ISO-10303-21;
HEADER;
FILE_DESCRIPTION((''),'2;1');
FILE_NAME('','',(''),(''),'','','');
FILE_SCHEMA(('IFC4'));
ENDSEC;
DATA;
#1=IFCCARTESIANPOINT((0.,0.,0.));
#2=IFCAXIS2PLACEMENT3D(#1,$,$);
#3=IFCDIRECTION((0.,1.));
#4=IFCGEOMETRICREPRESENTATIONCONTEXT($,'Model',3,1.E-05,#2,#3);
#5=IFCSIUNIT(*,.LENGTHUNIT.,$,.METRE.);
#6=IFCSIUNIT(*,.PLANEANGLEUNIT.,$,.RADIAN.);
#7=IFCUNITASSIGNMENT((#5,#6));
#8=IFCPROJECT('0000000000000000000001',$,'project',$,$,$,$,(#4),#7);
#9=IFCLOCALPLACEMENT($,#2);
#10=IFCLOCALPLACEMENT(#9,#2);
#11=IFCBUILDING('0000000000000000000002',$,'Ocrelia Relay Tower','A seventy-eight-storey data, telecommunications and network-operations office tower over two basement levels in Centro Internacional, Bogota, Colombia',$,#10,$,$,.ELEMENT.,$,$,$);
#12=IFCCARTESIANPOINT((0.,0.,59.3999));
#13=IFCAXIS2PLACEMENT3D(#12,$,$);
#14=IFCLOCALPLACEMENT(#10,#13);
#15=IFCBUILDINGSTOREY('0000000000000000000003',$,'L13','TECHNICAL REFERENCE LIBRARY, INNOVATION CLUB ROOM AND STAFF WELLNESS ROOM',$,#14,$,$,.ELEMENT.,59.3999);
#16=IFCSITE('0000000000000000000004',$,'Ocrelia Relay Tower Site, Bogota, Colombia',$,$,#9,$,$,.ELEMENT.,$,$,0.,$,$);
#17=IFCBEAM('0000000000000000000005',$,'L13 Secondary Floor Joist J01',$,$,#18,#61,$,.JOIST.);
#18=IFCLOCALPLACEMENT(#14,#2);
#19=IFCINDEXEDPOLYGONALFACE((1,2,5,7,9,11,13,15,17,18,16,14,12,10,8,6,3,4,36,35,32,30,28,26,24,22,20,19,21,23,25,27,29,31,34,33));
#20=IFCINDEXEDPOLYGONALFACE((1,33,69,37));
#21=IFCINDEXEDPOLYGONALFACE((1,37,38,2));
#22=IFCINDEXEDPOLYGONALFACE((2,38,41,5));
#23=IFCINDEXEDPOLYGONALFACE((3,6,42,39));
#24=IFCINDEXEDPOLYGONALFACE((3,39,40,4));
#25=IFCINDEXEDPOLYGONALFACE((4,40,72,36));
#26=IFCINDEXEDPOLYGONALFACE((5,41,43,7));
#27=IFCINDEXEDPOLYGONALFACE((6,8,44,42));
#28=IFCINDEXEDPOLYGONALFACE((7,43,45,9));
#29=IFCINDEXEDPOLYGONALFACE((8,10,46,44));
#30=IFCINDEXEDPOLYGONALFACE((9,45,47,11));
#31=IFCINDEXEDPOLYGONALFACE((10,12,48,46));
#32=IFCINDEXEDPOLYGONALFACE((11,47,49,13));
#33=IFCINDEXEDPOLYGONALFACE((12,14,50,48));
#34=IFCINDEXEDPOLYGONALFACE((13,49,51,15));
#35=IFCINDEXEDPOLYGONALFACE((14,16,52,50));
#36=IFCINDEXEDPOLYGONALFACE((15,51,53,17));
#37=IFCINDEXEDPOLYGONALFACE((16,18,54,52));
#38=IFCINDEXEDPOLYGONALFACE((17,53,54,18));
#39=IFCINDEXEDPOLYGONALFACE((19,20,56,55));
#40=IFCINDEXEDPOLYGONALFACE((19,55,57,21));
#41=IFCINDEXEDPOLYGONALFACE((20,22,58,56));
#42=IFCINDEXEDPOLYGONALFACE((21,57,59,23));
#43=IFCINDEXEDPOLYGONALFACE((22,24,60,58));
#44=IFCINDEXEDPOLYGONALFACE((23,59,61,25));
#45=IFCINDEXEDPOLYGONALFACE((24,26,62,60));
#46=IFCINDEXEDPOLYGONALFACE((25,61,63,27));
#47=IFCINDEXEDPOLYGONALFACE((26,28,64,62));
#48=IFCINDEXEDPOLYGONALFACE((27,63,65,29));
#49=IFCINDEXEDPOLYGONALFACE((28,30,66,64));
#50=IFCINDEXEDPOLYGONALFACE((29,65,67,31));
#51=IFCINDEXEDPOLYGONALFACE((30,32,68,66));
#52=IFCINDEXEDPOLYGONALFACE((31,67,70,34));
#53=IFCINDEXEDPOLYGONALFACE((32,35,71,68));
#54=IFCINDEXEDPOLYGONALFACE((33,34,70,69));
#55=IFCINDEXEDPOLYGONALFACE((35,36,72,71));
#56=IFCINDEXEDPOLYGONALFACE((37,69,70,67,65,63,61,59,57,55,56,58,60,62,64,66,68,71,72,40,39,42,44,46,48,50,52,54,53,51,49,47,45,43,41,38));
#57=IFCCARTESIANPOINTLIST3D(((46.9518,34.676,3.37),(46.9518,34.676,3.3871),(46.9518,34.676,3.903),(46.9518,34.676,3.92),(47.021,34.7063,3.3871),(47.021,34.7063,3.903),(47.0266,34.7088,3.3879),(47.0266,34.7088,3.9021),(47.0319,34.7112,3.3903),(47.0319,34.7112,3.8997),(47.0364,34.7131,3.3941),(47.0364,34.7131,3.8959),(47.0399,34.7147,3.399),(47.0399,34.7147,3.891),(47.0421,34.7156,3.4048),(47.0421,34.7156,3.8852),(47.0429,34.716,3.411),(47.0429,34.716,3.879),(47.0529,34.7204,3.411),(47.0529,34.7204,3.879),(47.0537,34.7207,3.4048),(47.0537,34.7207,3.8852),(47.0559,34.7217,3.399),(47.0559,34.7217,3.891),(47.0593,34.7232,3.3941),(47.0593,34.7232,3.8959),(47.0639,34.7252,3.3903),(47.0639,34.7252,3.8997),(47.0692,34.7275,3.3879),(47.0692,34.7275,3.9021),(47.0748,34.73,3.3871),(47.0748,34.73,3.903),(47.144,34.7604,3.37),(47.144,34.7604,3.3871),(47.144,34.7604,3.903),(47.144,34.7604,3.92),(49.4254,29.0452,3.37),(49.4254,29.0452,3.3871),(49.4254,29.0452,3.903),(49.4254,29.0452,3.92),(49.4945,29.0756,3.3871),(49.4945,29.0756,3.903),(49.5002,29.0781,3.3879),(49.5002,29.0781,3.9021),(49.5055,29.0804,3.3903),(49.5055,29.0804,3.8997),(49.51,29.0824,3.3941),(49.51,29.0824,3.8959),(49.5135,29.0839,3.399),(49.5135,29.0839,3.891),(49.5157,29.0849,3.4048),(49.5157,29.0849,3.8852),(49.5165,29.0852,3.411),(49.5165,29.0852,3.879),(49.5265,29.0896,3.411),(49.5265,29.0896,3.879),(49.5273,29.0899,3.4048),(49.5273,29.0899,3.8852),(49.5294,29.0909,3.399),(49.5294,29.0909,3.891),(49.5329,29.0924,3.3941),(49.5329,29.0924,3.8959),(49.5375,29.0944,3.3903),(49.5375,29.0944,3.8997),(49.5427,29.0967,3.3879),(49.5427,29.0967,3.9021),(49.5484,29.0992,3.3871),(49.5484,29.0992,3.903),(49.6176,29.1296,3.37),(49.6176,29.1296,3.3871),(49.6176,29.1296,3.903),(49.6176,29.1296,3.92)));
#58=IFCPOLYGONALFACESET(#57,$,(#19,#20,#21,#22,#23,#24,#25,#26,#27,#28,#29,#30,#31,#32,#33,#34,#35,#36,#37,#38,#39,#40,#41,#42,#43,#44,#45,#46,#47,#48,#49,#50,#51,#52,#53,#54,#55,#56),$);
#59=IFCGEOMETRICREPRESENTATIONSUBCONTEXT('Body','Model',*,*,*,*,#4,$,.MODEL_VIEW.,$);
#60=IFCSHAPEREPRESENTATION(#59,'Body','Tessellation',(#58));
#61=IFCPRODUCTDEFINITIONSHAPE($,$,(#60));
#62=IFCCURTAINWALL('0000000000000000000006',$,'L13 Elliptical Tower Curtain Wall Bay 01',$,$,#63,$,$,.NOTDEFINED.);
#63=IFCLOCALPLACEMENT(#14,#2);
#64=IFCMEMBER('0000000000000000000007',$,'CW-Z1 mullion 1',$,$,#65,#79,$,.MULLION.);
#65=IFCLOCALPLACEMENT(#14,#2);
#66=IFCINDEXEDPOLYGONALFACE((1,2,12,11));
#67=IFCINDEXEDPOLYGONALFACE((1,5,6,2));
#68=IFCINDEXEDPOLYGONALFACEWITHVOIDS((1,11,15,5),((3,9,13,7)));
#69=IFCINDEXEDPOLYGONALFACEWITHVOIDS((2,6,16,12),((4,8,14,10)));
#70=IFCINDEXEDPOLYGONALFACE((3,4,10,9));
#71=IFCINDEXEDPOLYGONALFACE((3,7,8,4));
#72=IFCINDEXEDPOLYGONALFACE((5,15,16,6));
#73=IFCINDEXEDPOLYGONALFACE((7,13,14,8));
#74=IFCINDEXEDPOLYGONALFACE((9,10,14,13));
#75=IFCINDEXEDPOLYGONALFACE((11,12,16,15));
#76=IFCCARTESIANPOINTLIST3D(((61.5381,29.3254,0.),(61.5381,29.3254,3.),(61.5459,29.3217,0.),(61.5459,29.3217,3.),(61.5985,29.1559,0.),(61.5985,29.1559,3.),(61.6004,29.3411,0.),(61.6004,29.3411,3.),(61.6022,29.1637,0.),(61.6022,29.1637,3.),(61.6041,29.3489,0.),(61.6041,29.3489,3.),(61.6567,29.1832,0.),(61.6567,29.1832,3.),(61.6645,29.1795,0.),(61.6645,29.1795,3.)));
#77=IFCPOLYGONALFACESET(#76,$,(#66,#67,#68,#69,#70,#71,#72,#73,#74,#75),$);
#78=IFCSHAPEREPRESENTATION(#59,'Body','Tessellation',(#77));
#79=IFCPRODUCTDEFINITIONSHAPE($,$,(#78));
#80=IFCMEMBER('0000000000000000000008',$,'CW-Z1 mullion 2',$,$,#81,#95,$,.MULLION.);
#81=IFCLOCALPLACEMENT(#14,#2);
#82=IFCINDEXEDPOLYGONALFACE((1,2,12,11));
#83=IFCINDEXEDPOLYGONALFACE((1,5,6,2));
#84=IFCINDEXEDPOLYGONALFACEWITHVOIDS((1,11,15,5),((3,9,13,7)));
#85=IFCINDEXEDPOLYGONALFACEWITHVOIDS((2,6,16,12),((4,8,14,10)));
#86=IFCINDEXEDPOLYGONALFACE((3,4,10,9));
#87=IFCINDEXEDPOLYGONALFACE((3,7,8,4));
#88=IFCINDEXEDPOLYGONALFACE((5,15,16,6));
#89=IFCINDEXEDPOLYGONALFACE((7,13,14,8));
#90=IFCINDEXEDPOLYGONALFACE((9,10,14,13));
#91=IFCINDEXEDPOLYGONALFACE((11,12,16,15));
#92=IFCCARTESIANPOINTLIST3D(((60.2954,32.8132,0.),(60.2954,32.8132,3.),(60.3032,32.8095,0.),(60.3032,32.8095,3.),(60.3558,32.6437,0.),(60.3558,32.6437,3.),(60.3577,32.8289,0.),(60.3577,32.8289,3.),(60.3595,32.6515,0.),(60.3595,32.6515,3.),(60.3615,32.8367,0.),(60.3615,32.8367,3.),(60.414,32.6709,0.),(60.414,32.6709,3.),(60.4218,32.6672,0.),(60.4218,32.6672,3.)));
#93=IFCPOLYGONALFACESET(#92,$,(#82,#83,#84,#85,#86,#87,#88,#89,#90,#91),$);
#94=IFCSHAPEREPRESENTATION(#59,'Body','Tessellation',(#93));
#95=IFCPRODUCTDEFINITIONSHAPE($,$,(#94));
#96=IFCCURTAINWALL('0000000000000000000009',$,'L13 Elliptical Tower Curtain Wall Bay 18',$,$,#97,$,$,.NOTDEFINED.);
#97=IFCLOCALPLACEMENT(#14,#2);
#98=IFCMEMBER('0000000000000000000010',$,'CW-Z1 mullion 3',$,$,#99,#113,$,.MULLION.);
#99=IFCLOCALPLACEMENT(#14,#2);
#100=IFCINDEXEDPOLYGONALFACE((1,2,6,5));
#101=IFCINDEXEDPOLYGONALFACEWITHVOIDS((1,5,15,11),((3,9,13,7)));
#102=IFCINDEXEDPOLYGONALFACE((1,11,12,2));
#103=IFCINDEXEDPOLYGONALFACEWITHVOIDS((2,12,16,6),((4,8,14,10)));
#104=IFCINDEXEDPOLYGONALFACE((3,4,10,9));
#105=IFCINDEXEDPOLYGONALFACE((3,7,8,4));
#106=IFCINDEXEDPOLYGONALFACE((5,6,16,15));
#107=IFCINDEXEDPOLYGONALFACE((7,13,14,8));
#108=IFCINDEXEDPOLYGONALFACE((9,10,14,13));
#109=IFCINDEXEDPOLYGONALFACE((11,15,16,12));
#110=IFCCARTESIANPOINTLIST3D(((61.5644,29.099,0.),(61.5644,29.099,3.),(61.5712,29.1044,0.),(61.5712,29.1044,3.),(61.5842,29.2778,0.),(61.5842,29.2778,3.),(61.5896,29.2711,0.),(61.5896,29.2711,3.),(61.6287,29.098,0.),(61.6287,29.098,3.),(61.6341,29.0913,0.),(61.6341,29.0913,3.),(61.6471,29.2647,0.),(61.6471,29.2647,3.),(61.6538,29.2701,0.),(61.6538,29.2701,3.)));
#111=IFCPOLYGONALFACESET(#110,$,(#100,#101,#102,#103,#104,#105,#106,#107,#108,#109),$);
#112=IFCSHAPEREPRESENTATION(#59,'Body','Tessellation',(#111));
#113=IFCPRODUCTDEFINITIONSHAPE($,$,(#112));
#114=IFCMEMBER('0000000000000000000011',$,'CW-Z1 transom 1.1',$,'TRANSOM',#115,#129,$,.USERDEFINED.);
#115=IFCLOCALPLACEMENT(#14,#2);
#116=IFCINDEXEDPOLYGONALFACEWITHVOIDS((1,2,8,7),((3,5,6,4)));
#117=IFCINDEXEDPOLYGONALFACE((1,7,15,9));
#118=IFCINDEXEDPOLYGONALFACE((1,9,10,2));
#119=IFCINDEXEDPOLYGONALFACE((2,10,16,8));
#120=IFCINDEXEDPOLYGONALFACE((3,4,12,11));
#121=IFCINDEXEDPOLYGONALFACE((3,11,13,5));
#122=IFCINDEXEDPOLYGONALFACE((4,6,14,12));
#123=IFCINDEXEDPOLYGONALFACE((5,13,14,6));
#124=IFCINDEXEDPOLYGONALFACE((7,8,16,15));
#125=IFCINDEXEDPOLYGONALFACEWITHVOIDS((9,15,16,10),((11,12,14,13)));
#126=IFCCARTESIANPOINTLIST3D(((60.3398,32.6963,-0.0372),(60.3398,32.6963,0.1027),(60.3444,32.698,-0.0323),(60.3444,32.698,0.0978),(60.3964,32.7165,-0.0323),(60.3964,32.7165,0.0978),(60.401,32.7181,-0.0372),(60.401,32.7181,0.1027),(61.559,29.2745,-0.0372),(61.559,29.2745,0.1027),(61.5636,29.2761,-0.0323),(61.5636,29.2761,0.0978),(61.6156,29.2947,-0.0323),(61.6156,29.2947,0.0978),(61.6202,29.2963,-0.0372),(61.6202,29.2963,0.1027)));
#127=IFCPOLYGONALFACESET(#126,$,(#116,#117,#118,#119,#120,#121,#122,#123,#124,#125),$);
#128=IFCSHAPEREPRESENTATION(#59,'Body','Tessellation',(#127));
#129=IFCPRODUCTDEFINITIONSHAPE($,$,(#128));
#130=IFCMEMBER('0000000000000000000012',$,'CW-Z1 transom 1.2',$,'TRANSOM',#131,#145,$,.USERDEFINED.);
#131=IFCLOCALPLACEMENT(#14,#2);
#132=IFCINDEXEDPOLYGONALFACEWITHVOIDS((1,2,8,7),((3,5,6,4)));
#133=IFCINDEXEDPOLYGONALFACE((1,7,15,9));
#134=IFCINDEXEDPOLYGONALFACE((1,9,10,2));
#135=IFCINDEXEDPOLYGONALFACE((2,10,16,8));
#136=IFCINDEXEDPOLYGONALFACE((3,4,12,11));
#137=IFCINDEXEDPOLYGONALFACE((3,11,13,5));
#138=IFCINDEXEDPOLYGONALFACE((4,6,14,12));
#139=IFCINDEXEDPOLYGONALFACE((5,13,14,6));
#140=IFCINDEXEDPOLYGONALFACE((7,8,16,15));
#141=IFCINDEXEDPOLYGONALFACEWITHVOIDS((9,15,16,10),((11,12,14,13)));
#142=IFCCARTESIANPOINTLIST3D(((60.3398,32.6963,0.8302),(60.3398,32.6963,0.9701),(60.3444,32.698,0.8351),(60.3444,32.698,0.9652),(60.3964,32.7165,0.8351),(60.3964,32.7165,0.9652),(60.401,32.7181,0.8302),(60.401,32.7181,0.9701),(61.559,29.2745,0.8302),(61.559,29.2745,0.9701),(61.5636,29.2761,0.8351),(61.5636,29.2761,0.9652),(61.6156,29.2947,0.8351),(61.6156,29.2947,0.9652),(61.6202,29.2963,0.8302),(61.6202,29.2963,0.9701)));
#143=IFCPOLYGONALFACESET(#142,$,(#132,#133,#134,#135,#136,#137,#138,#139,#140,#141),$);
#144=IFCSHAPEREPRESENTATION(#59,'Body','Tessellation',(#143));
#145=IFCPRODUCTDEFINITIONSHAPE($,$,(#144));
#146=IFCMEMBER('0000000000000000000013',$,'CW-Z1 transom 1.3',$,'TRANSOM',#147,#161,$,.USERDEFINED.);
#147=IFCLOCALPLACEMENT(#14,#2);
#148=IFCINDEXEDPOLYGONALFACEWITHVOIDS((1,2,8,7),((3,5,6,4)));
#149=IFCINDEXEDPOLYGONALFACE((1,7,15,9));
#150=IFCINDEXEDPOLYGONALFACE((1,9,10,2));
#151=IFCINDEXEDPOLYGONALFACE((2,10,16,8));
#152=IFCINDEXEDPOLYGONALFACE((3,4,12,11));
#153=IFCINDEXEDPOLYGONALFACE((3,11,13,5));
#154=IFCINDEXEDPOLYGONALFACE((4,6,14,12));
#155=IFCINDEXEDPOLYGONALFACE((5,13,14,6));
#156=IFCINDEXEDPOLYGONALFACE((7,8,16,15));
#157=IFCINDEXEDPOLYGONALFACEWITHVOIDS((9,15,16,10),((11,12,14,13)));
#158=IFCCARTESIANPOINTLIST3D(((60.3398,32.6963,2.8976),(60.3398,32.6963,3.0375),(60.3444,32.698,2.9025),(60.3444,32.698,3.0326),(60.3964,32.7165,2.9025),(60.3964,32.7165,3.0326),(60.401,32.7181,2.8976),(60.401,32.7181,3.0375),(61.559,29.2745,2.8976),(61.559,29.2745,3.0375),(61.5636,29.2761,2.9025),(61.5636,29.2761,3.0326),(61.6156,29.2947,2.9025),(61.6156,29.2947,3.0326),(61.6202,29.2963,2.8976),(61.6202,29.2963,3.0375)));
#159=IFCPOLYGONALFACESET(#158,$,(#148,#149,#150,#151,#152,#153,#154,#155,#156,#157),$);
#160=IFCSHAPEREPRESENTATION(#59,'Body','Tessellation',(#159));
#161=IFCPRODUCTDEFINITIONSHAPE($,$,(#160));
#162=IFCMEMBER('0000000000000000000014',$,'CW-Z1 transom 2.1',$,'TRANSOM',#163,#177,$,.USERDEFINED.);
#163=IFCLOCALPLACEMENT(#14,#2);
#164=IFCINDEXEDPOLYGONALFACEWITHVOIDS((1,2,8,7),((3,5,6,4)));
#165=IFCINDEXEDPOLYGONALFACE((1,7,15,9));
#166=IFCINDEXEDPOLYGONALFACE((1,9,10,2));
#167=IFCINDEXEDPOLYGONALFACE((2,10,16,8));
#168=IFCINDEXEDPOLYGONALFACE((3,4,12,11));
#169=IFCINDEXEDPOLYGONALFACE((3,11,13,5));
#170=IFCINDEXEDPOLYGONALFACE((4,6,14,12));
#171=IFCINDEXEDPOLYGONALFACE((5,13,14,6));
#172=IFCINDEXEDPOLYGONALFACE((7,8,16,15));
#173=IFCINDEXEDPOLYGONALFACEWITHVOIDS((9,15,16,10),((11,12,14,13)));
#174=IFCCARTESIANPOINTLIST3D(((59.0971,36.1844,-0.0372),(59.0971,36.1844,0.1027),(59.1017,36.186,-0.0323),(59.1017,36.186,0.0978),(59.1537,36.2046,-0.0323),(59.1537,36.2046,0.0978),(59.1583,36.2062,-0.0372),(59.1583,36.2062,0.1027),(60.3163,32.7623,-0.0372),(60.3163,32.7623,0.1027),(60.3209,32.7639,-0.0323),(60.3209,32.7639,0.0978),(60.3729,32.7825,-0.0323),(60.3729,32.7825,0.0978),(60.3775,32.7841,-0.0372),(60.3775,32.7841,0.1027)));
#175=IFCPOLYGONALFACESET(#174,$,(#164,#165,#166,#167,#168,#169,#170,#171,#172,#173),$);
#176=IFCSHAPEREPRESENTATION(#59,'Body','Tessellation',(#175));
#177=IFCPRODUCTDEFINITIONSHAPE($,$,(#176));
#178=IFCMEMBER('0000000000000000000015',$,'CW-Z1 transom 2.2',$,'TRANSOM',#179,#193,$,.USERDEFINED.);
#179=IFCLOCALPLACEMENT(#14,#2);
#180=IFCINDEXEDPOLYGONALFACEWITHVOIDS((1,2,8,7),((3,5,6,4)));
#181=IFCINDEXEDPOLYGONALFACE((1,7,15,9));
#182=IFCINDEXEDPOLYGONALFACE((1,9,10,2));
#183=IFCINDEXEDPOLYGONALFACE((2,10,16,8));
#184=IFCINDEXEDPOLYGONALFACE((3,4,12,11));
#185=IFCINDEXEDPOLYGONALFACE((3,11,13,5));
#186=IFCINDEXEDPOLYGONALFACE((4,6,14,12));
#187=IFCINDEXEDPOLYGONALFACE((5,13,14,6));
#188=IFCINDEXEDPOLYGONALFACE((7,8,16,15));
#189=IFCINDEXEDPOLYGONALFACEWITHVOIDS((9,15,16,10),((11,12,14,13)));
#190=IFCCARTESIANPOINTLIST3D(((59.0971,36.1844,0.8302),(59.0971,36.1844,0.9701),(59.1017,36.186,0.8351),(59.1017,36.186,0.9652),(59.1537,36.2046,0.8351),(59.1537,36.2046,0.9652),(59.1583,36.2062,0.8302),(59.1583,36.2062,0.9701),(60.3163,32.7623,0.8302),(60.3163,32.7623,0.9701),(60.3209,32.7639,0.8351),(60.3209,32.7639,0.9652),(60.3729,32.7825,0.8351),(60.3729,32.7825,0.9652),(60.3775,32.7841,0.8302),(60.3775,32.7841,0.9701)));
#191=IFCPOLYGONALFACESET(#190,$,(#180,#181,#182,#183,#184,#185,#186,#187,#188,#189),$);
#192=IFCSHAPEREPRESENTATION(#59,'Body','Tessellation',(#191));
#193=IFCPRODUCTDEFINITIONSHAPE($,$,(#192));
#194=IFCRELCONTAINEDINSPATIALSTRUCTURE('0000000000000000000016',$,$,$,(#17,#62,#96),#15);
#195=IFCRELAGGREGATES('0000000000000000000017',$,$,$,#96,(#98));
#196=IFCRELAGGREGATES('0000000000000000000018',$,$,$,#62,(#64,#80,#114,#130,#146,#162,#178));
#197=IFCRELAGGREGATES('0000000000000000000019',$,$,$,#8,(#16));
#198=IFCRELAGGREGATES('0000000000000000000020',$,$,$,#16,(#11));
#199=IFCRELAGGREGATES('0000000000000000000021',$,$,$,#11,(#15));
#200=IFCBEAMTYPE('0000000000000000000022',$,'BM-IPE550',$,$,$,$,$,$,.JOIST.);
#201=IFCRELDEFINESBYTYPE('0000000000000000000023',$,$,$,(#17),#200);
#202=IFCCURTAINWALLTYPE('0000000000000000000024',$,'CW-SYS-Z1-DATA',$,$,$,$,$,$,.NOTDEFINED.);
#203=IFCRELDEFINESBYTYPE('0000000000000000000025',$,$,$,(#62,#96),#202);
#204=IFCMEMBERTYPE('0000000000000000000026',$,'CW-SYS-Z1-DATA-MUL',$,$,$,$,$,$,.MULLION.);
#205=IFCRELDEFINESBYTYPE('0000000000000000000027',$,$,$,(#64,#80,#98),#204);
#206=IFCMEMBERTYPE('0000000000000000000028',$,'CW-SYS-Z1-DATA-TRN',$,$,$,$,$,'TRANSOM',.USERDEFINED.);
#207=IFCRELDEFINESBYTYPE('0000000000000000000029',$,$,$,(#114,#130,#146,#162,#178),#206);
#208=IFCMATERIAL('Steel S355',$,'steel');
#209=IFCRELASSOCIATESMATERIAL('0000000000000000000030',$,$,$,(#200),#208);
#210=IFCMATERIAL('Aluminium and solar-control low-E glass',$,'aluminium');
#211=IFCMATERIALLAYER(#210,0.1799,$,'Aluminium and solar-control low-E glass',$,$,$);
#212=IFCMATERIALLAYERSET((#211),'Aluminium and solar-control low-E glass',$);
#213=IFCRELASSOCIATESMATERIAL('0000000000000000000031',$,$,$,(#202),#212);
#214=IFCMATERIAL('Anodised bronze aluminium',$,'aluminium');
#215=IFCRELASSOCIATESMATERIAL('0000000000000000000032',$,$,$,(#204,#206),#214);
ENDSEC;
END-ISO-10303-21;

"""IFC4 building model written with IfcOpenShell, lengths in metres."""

from ifc_helpers import new_model, si_unit, direction, frame, origin, origin_2d, place, context, subcontext, project, spatial, hollow_rectangle, i_section, extrude, material, layer, layer_set, material_profile, profile_set, type_object, element, aggregate, save


model = new_model("IFC4")

# Units and contexts
model_context = context("Model", 3, precision=1e-05, world=origin(), true_north=direction((0.0, 1.0)))
body_context = subcontext(model_context, "Body", "Model", "MODEL_VIEW")
ifc_project = project(units=[si_unit("LENGTHUNIT", "METRE"), si_unit("PLANEANGLEUNIT", "RADIAN")], contexts=[model_context])

# Site, building, storey
site_placement = place(None, origin())
site = spatial("IfcSite", under=ifc_project, at=site_placement, Name="Ocrelia Relay Tower Site, Bogota, Colombia", CompositionType="ELEMENT", RefElevation=0.0)
building_placement = place(site_placement, origin())
building = spatial("IfcBuilding", under=site, at=building_placement, Name="Ocrelia Relay Tower", Description="A seventy-eight-storey data, telecommunications and network-operations office tower over two basement levels in Centro Internacional, Bogota, Colombia", CompositionType="ELEMENT")
storey_placement = place(building_placement, frame((0.0, 0.0, 59.3999)))
storey = spatial("IfcBuildingStorey", under=building, at=storey_placement, Name="L13", Description="TECHNICAL REFERENCE LIBRARY, INNOVATION CLUB ROOM AND STAFF WELLNESS ROOM", CompositionType="ELEMENT", Elevation=59.3999)

# Beam
ifc_material_1 = material(Name="Steel S355", Category="steel")
ifc_material_profile_1 = material_profile(ifc_material_1, i_section(OverallWidth=0.21, OverallDepth=0.55, WebThickness=0.011, FlangeThickness=0.0171, FilletRadius=0.0239, at=origin_2d()), Name="IPE 550")
ifc_profile_set_1 = profile_set([ifc_material_profile_1], Name="Steel S355")
beam_type_1 = type_object("IfcBeamType", Name="BM-IPE550", PredefinedType="JOIST", material=ifc_profile_set_1)
beam_1_placement = place(storey_placement, frame((49.5215, 29.0874, 3.645), z_axis=(-0.402201, 0.915551, 0.0), x_axis=(-0.915551, -0.402201, 0.0)))
element("IfcBeam", 1, at=beam_1_placement, inside=storey, type_object=beam_type_1, Name="L13 Secondary Floor Joist J01", PredefinedType="JOIST", context=body_context, shape_type="SweptSolid", body=[
    extrude(i_section(OverallWidth=0.21, OverallDepth=0.55, WebThickness=0.011, FlangeThickness=0.0171, FilletRadius=0.0239, at=origin_2d()), origin(), (0.0, 0.0, 1.0), 6.1501),
])

# Curtain wall, members
ifc_material_2 = material(Name="Aluminium and solar-control low-E glass", Category="aluminium")
ifc_layer_1 = layer(ifc_material_2, 0.1799, Name="Aluminium and solar-control low-E glass")
ifc_layer_set_1 = layer_set([ifc_layer_1], Name="Aluminium and solar-control low-E glass")
curtain_wall_type = type_object("IfcCurtainWallType", Name="CW-SYS-Z1-DATA", PredefinedType="NOTDEFINED", material=ifc_layer_set_1)
curtain_wall_1_placement = place(storey_placement, origin())
curtain_wall_1 = element("IfcCurtainWall", 2, at=curtain_wall_1_placement, inside=storey, type_object=curtain_wall_type, Name="L13 Elliptical Tower Curtain Wall Bay 01", PredefinedType="NOTDEFINED")
ifc_material_3 = material(Name="Anodised bronze aluminium", Category="aluminium")
ifc_material_profile_2 = material_profile(ifc_material_3, hollow_rectangle(XDim=0.0701, YDim=0.1799, WallThickness=0.0061, at=origin_2d()), Name="CW-MUL-180x70")
ifc_profile_set_2 = profile_set([ifc_material_profile_2], Name="Anodised bronze aluminium")
member_type_1 = type_object("IfcMemberType", Name="CW-SYS-Z1-DATA-MUL", PredefinedType="MULLION", material=ifc_profile_set_2)
member_1_placement = place(storey_placement, frame((61.6013, 29.2524, 0.0), z_axis=(0.0, 0.0, 1.0), x_axis=(-0.941997, -0.335621, 0.0)))
member_1 = element("IfcMember", 3, at=member_1_placement, type_object=member_type_1, Name="CW-Z1 mullion 1", PredefinedType="MULLION", context=body_context, shape_type="SweptSolid", body=[
    extrude(hollow_rectangle(XDim=0.0701, YDim=0.1799, WallThickness=0.0061, at=origin_2d()), origin(), (0.0, 0.0, 1.0), 3.0),
])
member_2_placement = place(storey_placement, frame((60.3586, 32.7402, 0.0), z_axis=(0.0, 0.0, 1.0), x_axis=(-0.941997, -0.335621, 0.0)))
member_2 = element("IfcMember", 4, at=member_2_placement, type_object=member_type_1, Name="CW-Z1 mullion 2", PredefinedType="MULLION", context=body_context, shape_type="SweptSolid", body=[
    extrude(hollow_rectangle(XDim=0.0701, YDim=0.1799, WallThickness=0.0061, at=origin_2d()), origin(), (0.0, 0.0, 1.0), 3.0),
])

# Curtain wall, member
curtain_wall_2_placement = place(storey_placement, origin())
curtain_wall_2 = element("IfcCurtainWall", 5, at=curtain_wall_2_placement, inside=storey, type_object=curtain_wall_type, Name="L13 Elliptical Tower Curtain Wall Bay 18", PredefinedType="NOTDEFINED")
member_3_placement = place(storey_placement, frame((61.6091, 29.1846, 0.0), z_axis=(0.0, 0.0, 1.0), x_axis=(-0.993941, 0.109919, 0.0)))
member_3 = element("IfcMember", 6, at=member_3_placement, type_object=member_type_1, Name="CW-Z1 mullion 3", PredefinedType="MULLION", context=body_context, shape_type="SweptSolid", body=[
    extrude(hollow_rectangle(XDim=0.0701, YDim=0.1799, WallThickness=0.0061, at=origin_2d()), origin(), (0.0, 0.0, 1.0), 3.0),
])
aggregate(curtain_wall_2, [member_3])

# Members
ifc_material_profile_3 = material_profile(ifc_material_3, hollow_rectangle(XDim=0.0649, YDim=0.1399, WallThickness=0.0049, at=origin_2d()), Name="CW-TRN-140x65")
ifc_profile_set_3 = profile_set([ifc_material_profile_3], Name="Anodised bronze aluminium")
member_type_2 = type_object("IfcMemberType", Name="CW-SYS-Z1-DATA-TRN", ElementType="TRANSOM", PredefinedType="USERDEFINED", material=ifc_profile_set_3)
member_4_placement = place(storey_placement, frame((61.5896, 29.2854, 0.0327), z_axis=(-0.335638, 0.941991, 0.0), x_axis=(-0.941991, -0.335638, 0.0)))
member_4 = element("IfcMember", 7, at=member_4_placement, type_object=member_type_2, Name="CW-Z1 transom 1.1", ObjectType="TRANSOM", PredefinedType="USERDEFINED", context=body_context, shape_type="SweptSolid", body=[
    extrude(hollow_rectangle(XDim=0.0649, YDim=0.1399, WallThickness=0.0049, at=origin_2d()), origin(), (0.0, 0.0, 1.0), 3.6326),
])
member_5_placement = place(storey_placement, frame((61.5896, 29.2854, 0.9001), z_axis=(-0.335638, 0.941991, 0.0), x_axis=(-0.941991, -0.335638, 0.0)))
member_5 = element("IfcMember", 8, at=member_5_placement, type_object=member_type_2, Name="CW-Z1 transom 1.2", ObjectType="TRANSOM", PredefinedType="USERDEFINED", context=body_context, shape_type="SweptSolid", body=[
    extrude(hollow_rectangle(XDim=0.0649, YDim=0.1399, WallThickness=0.0049, at=origin_2d()), origin(), (0.0, 0.0, 1.0), 3.6326),
])
member_6_placement = place(storey_placement, frame((61.5896, 29.2854, 2.9675), z_axis=(-0.335638, 0.941991, 0.0), x_axis=(-0.941991, -0.335638, 0.0)))
member_6 = element("IfcMember", 9, at=member_6_placement, type_object=member_type_2, Name="CW-Z1 transom 1.3", ObjectType="TRANSOM", PredefinedType="USERDEFINED", context=body_context, shape_type="SweptSolid", body=[
    extrude(hollow_rectangle(XDim=0.0649, YDim=0.1399, WallThickness=0.0049, at=origin_2d()), origin(), (0.0, 0.0, 1.0), 3.6326),
])
member_7_placement = place(storey_placement, frame((60.3469, 32.7732, 0.0327), z_axis=(-0.335617, 0.941999, 0.0), x_axis=(-0.941999, -0.335617, 0.0)))
member_7 = element("IfcMember", 10, at=member_7_placement, type_object=member_type_2, Name="CW-Z1 transom 2.1", ObjectType="TRANSOM", PredefinedType="USERDEFINED", context=body_context, shape_type="SweptSolid", body=[
    extrude(hollow_rectangle(XDim=0.0649, YDim=0.1399, WallThickness=0.0049, at=origin_2d()), origin(), (0.0, 0.0, 1.0), 3.6328),
])
member_8_placement = place(storey_placement, frame((60.3469, 32.7732, 0.9001), z_axis=(-0.335617, 0.941999, 0.0), x_axis=(-0.941999, -0.335617, 0.0)))
member_8 = element("IfcMember", 11, at=member_8_placement, type_object=member_type_2, Name="CW-Z1 transom 2.2", ObjectType="TRANSOM", PredefinedType="USERDEFINED", context=body_context, shape_type="SweptSolid", body=[
    extrude(hollow_rectangle(XDim=0.0649, YDim=0.1399, WallThickness=0.0049, at=origin_2d()), origin(), (0.0, 0.0, 1.0), 3.6328),
])

aggregate(curtain_wall_1, [member_1, member_2, member_4, member_5, member_6, member_7, member_8])

save(model, "model.ifc")
